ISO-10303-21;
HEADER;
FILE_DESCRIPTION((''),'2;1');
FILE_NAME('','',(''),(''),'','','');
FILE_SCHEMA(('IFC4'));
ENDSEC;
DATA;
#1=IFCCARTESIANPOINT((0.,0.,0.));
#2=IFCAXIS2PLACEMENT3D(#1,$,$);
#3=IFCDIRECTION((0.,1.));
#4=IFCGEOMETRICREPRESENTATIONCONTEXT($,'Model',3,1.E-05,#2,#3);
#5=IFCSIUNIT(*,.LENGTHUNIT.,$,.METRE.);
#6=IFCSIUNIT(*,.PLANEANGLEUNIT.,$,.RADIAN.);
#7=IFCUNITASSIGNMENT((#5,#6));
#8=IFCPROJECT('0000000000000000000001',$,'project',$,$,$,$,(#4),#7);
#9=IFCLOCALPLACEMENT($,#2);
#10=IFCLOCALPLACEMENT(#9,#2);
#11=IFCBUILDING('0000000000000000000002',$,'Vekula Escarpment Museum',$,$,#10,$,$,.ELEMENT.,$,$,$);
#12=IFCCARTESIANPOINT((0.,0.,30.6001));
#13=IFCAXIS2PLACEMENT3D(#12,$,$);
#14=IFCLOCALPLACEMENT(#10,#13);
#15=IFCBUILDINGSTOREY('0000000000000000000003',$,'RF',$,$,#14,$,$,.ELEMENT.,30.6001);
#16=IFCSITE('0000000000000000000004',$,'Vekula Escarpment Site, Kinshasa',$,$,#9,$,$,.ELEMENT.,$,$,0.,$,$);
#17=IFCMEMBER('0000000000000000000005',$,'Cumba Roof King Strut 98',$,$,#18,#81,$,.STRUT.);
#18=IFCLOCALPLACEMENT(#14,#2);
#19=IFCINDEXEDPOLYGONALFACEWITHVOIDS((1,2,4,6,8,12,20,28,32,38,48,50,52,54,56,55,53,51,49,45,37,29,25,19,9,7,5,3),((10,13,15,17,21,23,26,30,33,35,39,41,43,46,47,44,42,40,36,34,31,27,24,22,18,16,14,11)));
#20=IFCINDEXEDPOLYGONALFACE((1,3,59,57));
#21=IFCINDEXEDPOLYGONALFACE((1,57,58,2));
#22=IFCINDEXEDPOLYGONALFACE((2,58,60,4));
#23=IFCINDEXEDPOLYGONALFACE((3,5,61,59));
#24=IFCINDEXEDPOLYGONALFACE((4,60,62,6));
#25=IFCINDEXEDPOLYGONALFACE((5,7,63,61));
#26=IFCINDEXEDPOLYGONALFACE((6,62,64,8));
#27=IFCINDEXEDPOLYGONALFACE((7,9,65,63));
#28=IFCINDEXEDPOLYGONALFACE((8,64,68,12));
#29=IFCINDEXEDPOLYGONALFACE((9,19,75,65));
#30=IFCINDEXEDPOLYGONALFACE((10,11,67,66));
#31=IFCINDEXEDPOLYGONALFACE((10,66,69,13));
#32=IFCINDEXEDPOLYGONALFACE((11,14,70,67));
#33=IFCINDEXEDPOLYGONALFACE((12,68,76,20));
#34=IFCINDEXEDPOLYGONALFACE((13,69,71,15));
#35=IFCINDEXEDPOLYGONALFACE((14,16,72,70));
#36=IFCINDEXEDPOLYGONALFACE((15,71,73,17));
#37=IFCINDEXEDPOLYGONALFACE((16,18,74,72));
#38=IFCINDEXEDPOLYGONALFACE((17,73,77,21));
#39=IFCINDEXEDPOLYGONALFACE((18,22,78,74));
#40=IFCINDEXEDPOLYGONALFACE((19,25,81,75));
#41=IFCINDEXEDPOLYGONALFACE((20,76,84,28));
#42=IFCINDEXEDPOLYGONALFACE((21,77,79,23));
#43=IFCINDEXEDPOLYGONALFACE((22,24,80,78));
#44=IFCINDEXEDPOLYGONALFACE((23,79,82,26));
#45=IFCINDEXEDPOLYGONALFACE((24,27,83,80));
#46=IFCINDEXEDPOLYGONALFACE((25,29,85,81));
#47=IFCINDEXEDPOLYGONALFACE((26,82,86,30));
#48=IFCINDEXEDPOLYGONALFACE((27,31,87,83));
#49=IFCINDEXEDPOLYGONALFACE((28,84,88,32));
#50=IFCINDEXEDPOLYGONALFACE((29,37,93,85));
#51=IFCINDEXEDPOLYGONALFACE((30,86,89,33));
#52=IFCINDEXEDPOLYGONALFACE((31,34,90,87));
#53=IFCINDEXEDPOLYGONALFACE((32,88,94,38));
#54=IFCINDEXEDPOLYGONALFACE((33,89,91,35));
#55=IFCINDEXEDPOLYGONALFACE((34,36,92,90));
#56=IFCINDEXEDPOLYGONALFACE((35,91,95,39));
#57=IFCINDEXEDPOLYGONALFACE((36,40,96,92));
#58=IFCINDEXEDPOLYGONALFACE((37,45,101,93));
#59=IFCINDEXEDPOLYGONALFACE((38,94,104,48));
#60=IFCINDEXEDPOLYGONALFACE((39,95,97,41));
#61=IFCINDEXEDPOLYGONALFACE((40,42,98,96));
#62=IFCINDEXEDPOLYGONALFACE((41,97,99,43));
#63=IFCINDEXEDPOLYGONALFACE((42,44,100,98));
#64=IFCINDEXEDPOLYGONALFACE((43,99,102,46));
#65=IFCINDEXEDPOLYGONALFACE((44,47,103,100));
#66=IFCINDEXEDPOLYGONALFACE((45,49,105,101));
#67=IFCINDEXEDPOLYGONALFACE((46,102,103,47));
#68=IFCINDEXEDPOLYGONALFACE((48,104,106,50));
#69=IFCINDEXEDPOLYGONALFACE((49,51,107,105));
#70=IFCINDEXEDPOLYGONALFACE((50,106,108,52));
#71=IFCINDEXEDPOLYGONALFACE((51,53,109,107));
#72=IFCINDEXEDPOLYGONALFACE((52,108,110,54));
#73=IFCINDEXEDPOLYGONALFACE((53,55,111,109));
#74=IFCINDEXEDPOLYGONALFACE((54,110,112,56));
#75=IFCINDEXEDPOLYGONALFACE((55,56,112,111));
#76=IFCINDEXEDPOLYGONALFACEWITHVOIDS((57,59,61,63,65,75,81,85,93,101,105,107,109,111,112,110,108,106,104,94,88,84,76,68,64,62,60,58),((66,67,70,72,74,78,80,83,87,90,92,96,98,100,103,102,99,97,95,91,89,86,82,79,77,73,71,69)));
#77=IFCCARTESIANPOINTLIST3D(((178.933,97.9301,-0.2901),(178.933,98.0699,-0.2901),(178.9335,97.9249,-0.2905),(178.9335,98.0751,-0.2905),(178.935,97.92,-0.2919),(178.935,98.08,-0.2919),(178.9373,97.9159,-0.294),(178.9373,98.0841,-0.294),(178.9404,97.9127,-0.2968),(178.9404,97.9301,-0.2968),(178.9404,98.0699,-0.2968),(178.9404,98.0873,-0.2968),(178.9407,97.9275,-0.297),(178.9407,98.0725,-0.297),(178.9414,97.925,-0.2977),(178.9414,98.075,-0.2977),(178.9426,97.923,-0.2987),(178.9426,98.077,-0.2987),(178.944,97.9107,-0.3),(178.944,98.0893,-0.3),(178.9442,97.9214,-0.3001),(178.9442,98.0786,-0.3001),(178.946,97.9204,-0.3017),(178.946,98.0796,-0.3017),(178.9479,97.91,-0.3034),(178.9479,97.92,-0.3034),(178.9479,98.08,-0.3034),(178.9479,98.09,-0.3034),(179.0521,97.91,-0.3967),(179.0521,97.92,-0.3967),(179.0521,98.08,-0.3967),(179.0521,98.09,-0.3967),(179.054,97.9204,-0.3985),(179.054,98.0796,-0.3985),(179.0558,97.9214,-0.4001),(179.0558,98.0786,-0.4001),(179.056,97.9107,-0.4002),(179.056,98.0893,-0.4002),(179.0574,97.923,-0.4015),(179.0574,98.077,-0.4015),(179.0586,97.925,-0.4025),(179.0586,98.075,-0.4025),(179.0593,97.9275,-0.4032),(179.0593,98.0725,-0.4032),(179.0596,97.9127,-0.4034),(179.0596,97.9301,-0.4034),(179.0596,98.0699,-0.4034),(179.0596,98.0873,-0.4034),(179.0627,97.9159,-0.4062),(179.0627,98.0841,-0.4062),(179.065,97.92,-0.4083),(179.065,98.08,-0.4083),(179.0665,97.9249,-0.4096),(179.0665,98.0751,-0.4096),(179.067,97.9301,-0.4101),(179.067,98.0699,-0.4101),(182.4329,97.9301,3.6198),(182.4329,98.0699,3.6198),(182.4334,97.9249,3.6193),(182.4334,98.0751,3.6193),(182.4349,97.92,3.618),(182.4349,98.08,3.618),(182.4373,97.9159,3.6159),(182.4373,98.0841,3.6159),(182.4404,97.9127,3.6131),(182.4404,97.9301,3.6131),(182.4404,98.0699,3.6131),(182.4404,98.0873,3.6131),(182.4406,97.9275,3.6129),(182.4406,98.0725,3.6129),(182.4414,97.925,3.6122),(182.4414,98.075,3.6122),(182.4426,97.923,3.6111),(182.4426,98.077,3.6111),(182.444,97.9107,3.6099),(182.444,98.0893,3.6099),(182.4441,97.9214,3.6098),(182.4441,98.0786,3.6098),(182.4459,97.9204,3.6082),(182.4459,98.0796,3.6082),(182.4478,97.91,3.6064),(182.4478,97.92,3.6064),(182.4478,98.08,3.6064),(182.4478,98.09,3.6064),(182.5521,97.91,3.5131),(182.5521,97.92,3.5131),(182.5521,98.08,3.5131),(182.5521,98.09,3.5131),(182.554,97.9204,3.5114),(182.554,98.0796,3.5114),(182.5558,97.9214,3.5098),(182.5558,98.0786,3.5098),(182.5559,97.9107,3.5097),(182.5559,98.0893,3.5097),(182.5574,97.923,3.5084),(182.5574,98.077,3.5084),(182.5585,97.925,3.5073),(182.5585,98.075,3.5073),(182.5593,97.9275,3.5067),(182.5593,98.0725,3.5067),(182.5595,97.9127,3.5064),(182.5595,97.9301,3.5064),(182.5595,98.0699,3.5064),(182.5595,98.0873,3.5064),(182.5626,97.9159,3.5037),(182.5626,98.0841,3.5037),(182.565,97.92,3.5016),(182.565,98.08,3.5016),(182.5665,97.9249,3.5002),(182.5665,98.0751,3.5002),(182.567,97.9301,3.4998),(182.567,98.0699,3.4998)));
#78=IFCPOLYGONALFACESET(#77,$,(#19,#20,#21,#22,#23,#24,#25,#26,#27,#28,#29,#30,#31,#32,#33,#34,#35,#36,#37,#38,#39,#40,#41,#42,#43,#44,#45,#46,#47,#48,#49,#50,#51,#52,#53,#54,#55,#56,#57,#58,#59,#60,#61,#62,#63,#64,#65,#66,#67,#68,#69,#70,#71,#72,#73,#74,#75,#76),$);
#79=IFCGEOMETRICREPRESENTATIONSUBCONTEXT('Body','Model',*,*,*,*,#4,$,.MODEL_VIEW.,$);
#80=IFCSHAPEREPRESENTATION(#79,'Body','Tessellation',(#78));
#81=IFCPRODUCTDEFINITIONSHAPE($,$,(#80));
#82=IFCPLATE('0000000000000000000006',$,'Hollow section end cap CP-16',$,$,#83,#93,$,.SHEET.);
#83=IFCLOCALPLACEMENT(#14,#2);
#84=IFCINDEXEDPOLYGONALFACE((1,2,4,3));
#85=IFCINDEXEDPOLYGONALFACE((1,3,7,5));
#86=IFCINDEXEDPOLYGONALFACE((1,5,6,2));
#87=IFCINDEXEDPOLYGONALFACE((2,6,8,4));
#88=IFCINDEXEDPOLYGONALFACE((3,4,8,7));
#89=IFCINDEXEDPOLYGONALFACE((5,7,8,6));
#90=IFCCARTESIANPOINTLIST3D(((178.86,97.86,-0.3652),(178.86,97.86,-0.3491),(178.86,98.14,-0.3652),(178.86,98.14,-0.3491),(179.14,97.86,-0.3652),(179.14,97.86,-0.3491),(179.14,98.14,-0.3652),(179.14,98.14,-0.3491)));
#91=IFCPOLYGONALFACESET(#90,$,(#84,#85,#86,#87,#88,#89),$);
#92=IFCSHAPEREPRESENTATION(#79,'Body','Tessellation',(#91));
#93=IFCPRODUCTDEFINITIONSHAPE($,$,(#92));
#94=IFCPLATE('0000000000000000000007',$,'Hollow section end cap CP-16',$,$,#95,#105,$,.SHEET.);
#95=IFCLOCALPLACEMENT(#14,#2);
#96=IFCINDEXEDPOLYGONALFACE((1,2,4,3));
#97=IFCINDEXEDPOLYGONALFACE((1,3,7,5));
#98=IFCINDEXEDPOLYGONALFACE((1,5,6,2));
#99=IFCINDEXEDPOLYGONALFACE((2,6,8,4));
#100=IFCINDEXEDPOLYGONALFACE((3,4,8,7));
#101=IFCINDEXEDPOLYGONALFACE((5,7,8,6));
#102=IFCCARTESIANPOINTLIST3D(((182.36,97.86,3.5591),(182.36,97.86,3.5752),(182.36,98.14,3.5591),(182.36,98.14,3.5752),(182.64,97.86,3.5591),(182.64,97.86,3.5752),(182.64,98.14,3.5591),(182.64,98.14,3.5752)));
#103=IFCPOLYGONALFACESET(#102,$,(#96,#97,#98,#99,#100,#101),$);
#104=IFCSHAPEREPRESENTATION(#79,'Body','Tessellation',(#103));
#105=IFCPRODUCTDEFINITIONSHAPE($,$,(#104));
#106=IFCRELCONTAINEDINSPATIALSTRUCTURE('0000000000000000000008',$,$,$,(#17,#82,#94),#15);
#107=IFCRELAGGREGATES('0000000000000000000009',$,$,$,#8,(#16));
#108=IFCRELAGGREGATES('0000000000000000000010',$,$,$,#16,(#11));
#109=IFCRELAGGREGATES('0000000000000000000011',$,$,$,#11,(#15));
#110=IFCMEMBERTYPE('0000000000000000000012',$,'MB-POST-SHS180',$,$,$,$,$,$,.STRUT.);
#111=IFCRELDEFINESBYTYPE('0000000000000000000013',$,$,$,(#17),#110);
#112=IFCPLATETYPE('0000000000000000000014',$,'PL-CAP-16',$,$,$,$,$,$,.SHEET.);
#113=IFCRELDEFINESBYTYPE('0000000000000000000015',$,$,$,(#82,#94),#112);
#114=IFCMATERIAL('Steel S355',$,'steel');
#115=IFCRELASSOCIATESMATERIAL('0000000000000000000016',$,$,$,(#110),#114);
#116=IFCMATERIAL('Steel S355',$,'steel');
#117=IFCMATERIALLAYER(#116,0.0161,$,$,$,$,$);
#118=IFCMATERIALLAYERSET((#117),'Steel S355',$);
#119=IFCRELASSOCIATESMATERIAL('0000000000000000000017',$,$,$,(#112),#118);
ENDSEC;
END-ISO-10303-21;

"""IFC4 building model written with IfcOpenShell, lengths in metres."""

from ifc_helpers import new_model, si_unit, direction, frame, origin, origin_2d, place, context, subcontext, project, spatial, rectangle, hollow_rectangle, extrude, material, layer, layer_set, material_profile, profile_set, type_object, element, save


model = new_model("IFC4")

# Units and contexts
model_context = context("Model", 3, precision=1e-05, world=origin(), true_north=direction((0.0, 1.0)))
body_context = subcontext(model_context, "Body", "Model", "MODEL_VIEW")
ifc_project = project(units=[si_unit("LENGTHUNIT", "METRE"), si_unit("PLANEANGLEUNIT", "RADIAN")], contexts=[model_context])

# Site, building, storey
site_placement = place(None, origin())
site = spatial("IfcSite", under=ifc_project, at=site_placement, Name="Vekula Escarpment Site, Kinshasa", CompositionType="ELEMENT", RefElevation=0.0)
building_placement = place(site_placement, origin())
building = spatial("IfcBuilding", under=site, at=building_placement, Name="Vekula Escarpment Museum", CompositionType="ELEMENT")
storey_placement = place(building_placement, frame((0.0, 0.0, 30.6001)))
storey = spatial("IfcBuildingStorey", under=building, at=storey_placement, Name="RF", CompositionType="ELEMENT", Elevation=30.6001)

# Member
ifc_material_1 = material(Name="Steel S355", Category="steel")
ifc_material_profile_1 = material_profile(ifc_material_1, hollow_rectangle(XDim=0.1799, YDim=0.1799, WallThickness=0.01, InnerFilletRadius=0.01, OuterFilletRadius=0.02, at=origin_2d()), Name="SHS 180x180x10")
ifc_profile_set_1 = profile_set([ifc_material_profile_1], Name="Steel S355")
member_type = type_object("IfcMemberType", Name="MB-POST-SHS180", PredefinedType="STRUT", material=ifc_profile_set_1)
member_placement = place(storey_placement, frame((179.0, 98.0, -0.3501), z_axis=(0.66697, 0.0, 0.745084), x_axis=(0.0, 1.0, 0.0)))
element("IfcMember", 1, at=member_placement, inside=storey, type_object=member_type, Name="Cumba Roof King Strut 98", PredefinedType="STRUT", context=body_context, shape_type="SweptSolid", body=[
    extrude(hollow_rectangle(XDim=0.1799, YDim=0.1799, WallThickness=0.01, InnerFilletRadius=0.01, OuterFilletRadius=0.02, at=origin_2d()), origin(), (0.0, 0.0, 1.0), 5.2476),
])

# Plates
ifc_material_2 = material(Name="Steel S355", Category="steel")
ifc_layer = layer(ifc_material_2, 0.0161)
ifc_layer_set = layer_set([ifc_layer], Name="Steel S355")
plate_type = type_object("IfcPlateType", Name="PL-CAP-16", PredefinedType="SHEET", material=ifc_layer_set)
for number, where, z_axis, x_axis, name in (
    (2, (179.0, 98.0, -0.3652), (0.0, 0.0, 1.0), (1.0, 0.0, 0.0), "Hollow section end cap CP-16"),
    (3, (182.5, 98.0, 3.5591), (0.0, 0.0, 1.0), (1.0, 0.0, 0.0), "Hollow section end cap CP-16"),
):
    element("IfcPlate", number, at=place(storey_placement, frame(where, z_axis=z_axis, x_axis=x_axis)), inside=storey, type_object=plate_type, Name=name, PredefinedType="SHEET", context=body_context, shape_type="SweptSolid", body=[
        extrude(rectangle(XDim=0.28, YDim=0.28, at=origin_2d()), origin(), (0.0, 0.0, 1.0), 0.0161),
    ])

save(model, "model.ifc")
